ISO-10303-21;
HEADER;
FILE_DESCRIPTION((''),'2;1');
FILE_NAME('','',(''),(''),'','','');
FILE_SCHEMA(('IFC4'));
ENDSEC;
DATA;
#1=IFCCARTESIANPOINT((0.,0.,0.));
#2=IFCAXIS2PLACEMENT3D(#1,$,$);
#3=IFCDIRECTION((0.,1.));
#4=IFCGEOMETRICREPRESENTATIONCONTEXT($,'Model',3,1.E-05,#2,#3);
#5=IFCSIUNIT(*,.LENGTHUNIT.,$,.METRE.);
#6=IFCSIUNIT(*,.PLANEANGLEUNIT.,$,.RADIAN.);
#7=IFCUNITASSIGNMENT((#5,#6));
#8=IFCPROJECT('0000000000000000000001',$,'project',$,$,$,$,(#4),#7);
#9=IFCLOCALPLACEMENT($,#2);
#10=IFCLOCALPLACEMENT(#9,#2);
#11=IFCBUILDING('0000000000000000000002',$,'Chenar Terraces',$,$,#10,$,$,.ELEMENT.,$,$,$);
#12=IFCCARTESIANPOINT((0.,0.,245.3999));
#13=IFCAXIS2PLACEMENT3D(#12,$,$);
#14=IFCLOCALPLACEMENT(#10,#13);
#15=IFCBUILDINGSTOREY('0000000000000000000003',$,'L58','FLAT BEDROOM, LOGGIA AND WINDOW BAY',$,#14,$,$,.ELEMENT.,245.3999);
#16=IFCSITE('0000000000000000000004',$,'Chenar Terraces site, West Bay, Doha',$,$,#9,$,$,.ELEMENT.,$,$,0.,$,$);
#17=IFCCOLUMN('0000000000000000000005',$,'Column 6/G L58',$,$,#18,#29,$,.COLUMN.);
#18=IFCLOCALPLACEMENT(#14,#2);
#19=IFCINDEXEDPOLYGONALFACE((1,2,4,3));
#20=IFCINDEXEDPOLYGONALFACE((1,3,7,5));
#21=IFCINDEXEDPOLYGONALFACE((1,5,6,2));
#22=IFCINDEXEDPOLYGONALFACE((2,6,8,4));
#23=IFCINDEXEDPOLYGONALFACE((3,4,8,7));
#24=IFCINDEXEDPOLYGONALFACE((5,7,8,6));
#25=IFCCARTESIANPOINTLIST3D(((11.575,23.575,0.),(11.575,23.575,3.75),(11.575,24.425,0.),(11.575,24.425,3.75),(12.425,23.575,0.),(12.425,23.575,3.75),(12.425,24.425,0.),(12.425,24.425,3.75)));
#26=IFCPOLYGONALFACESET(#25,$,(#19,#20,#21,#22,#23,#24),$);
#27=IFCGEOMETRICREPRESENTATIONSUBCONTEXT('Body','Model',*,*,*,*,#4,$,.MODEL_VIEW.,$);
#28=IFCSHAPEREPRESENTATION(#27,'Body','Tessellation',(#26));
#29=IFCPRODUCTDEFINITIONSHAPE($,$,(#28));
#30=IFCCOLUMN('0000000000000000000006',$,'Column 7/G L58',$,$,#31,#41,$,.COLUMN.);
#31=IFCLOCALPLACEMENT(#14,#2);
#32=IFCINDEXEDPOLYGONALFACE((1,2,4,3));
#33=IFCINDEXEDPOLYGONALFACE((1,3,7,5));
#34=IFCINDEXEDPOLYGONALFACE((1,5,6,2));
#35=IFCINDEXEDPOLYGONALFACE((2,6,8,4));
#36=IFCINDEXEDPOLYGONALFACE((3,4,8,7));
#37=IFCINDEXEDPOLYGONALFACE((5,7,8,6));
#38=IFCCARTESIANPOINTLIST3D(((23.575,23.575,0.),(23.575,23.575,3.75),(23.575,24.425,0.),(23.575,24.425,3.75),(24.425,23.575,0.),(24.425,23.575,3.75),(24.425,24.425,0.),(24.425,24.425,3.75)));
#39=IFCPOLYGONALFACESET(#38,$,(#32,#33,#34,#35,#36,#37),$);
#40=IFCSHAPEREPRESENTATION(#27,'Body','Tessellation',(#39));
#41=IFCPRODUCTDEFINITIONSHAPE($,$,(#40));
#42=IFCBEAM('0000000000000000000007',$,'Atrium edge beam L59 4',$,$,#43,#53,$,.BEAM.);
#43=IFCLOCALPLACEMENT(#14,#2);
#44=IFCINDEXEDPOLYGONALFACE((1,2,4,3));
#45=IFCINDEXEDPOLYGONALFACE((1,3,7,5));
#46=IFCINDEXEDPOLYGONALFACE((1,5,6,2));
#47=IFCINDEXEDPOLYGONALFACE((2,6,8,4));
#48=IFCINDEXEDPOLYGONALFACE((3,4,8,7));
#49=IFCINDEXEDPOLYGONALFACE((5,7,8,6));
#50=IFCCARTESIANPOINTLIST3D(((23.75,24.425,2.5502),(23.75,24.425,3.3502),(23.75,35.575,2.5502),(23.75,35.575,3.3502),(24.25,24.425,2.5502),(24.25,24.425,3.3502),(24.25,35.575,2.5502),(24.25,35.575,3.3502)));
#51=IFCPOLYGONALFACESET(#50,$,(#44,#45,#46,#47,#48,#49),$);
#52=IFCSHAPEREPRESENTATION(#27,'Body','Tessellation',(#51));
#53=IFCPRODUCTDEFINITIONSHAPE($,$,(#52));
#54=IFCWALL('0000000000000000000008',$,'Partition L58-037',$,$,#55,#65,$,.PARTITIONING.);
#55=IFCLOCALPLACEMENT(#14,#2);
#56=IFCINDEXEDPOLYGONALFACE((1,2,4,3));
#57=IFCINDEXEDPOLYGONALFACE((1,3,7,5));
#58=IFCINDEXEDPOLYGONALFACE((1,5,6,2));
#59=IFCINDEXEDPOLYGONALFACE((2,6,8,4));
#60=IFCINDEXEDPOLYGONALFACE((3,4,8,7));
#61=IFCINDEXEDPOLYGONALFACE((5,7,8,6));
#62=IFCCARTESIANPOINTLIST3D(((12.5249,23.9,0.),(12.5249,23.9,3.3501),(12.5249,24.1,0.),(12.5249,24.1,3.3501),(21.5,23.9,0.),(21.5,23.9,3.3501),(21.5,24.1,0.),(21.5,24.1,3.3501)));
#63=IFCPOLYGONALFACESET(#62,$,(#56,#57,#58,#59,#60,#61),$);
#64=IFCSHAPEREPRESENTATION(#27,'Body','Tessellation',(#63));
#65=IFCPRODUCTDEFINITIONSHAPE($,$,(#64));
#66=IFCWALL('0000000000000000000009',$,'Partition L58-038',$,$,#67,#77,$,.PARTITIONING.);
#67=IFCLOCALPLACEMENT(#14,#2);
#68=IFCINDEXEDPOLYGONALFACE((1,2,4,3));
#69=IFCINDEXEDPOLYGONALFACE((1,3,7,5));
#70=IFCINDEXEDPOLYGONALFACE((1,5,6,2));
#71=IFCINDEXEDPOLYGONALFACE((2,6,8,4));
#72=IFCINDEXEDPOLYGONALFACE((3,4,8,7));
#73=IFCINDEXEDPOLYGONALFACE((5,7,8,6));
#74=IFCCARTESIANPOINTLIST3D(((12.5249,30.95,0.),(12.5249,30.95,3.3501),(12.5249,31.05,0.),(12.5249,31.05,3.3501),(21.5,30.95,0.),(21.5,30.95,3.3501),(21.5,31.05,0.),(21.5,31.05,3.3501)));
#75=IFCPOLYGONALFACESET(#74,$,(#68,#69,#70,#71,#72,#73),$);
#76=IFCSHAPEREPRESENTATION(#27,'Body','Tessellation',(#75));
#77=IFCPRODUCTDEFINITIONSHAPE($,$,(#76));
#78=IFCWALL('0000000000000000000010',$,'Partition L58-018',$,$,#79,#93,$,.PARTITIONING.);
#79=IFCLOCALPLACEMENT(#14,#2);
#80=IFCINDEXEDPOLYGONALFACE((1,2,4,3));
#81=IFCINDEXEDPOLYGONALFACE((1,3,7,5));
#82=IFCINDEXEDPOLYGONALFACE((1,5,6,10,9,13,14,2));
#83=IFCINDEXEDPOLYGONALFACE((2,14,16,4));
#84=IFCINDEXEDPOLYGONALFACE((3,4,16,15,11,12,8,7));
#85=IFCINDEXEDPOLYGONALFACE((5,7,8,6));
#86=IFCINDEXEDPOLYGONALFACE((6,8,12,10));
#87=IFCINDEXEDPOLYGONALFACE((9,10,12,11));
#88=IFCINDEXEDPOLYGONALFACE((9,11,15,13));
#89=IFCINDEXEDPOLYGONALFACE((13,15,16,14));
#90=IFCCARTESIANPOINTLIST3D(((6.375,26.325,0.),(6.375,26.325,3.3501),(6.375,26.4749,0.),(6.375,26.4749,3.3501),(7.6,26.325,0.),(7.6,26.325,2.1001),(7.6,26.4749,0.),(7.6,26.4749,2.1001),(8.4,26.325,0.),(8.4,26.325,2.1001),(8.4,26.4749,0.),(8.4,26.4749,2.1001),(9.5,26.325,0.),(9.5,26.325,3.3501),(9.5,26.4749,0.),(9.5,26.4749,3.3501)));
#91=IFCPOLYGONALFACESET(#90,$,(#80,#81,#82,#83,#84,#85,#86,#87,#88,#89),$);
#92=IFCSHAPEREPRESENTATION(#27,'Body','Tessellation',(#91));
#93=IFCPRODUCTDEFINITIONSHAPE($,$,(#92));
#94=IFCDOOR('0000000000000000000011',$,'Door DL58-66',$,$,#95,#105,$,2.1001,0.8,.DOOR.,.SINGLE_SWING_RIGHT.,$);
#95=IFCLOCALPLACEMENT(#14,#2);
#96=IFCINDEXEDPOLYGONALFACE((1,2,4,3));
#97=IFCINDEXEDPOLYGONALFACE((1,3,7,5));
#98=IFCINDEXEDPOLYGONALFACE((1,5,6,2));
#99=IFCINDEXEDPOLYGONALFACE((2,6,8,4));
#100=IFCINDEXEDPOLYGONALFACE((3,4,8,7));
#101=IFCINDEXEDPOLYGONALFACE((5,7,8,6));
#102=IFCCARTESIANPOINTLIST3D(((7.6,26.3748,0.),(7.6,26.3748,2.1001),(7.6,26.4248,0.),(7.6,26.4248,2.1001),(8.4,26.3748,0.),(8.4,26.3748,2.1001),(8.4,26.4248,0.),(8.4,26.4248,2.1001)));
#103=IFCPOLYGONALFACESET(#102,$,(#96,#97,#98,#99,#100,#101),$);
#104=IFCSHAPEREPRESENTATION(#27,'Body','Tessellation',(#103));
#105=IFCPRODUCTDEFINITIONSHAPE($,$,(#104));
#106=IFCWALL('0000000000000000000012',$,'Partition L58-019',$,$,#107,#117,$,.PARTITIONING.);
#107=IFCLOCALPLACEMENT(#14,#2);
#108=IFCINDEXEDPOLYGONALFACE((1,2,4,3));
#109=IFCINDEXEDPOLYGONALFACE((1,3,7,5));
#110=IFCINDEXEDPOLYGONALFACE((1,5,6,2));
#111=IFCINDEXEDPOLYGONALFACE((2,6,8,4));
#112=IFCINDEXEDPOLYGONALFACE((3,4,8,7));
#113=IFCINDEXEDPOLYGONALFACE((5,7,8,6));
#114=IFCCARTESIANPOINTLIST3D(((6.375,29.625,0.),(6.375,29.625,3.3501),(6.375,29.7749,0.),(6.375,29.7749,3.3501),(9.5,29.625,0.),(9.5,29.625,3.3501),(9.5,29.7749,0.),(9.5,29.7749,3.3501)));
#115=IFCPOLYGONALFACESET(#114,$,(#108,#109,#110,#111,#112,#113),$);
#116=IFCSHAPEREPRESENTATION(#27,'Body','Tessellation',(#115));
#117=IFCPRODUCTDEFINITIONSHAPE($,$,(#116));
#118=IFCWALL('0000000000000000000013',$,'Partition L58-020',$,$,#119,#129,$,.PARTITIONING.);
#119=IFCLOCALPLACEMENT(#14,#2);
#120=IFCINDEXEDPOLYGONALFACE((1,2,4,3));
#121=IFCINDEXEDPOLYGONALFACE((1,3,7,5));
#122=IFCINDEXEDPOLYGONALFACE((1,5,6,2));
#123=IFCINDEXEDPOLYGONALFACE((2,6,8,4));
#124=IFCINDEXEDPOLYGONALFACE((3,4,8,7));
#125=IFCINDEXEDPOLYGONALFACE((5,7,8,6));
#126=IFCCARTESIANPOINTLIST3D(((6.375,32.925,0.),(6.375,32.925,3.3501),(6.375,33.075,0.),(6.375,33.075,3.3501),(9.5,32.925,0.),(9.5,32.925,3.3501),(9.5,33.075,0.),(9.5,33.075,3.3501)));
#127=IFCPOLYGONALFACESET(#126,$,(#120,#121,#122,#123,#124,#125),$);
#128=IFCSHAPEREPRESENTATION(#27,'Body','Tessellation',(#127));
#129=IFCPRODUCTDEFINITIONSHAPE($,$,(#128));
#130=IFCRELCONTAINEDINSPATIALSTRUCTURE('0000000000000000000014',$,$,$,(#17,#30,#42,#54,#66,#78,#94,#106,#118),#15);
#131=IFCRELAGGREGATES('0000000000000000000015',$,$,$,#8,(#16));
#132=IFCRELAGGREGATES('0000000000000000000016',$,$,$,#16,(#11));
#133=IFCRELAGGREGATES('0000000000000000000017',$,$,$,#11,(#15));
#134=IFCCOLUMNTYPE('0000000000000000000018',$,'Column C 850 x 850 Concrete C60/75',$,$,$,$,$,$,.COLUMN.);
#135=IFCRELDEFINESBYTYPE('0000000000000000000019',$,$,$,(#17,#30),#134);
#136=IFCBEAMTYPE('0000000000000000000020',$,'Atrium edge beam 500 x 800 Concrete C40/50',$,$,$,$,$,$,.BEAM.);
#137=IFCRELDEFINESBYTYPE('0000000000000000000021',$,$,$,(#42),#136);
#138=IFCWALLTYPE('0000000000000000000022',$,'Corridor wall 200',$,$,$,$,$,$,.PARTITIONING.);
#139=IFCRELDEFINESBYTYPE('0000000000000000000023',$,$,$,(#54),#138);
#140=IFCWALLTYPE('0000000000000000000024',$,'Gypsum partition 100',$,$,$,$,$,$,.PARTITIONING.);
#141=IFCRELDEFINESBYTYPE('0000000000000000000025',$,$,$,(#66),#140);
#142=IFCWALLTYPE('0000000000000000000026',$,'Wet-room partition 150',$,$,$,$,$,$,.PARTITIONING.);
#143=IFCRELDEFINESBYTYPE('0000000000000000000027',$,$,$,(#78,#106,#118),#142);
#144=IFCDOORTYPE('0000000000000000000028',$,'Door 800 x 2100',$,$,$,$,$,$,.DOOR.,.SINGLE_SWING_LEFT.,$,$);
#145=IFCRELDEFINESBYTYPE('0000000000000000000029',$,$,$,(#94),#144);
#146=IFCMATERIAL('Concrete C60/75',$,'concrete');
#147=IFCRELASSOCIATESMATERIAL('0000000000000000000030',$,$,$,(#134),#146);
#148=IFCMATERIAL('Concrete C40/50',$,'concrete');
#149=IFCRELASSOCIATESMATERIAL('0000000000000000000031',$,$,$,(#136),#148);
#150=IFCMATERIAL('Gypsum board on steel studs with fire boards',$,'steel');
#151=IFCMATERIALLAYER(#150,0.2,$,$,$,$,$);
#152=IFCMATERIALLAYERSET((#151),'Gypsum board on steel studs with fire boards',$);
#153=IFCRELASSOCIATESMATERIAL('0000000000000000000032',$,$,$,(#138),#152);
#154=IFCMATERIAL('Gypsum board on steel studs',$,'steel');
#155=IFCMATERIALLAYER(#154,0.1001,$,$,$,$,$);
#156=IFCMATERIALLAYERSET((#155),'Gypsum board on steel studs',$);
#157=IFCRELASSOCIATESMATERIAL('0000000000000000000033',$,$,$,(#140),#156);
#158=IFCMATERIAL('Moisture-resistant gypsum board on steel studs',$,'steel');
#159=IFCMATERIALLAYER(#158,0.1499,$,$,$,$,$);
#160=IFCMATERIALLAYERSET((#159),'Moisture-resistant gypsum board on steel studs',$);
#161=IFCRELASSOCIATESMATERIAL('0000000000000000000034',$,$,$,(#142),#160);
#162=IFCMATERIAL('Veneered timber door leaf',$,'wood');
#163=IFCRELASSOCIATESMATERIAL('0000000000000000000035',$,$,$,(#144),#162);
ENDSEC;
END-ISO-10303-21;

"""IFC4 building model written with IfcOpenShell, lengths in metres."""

from ifc_helpers import new_model, si_unit, direction, frame, frame_2d, origin, origin_2d, place, context, subcontext, project, spatial, rectangle, extrude, material, layer, layer_set, material_profile, profile_set, type_object, element, fill, save


model = new_model("IFC4")

# Units and contexts
model_context = context("Model", 3, precision=1e-05, world=origin(), true_north=direction((0.0, 1.0)))
body_context = subcontext(model_context, "Body", "Model", "MODEL_VIEW")
ifc_project = project(units=[si_unit("LENGTHUNIT", "METRE"), si_unit("PLANEANGLEUNIT", "RADIAN")], contexts=[model_context])

# Site, building, storey
site_placement = place(None, origin())
site = spatial("IfcSite", under=ifc_project, at=site_placement, Name="Chenar Terraces site, West Bay, Doha", CompositionType="ELEMENT", RefElevation=0.0)
building_placement = place(site_placement, origin())
building = spatial("IfcBuilding", under=site, at=building_placement, Name="Chenar Terraces", CompositionType="ELEMENT")
storey_placement = place(building_placement, frame((0.0, 0.0, 245.3999)))
storey = spatial("IfcBuildingStorey", under=building, at=storey_placement, Name="L58", Description="FLAT BEDROOM, LOGGIA AND WINDOW BAY", CompositionType="ELEMENT", Elevation=245.3999)

# Columns
ifc_material_1 = material(Name="Concrete C60/75", Category="concrete")
ifc_material_profile_1 = material_profile(ifc_material_1, rectangle(XDim=0.8501, YDim=0.8501, at=origin_2d()), Name="C 850 x 850")
ifc_profile_set_1 = profile_set([ifc_material_profile_1], Name="Concrete C60/75")
column_type = type_object("IfcColumnType", Name="Column C 850 x 850 Concrete C60/75", PredefinedType="COLUMN", material=ifc_profile_set_1)
for number, where, z_axis, x_axis, name in (
    (1, (12.0, 24.0, 0.0), (0.0, 0.0, 1.0), (1.0, 0.0, 0.0), "Column 6/G L58"),
    (2, (24.0, 24.0, 0.0), (0.0, 0.0, 1.0), (1.0, 0.0, 0.0), "Column 7/G L58"),
):
    element("IfcColumn", number, at=place(storey_placement, frame(where, z_axis=z_axis, x_axis=x_axis)), inside=storey, type_object=column_type, Name=name, PredefinedType="COLUMN", context=body_context, shape_type="SweptSolid", body=[
        extrude(rectangle(XDim=0.8501, YDim=0.8501, at=origin_2d()), origin(), (0.0, 0.0, 1.0), 3.75),
    ])

# Beam
ifc_material_2 = material(Name="Concrete C40/50", Category="concrete")
ifc_material_profile_2 = material_profile(ifc_material_2, rectangle(XDim=0.5, YDim=0.8, at=origin_2d()), Name="RC 500 x 800")
ifc_profile_set_2 = profile_set([ifc_material_profile_2], Name="Concrete C40/50")
beam_type = type_object("IfcBeamType", Name="Atrium edge beam 500 x 800 Concrete C40/50", PredefinedType="BEAM", material=ifc_profile_set_2)
beam_placement = place(storey_placement, frame((24.0, 35.575, 2.9502), z_axis=(0.0, -1.0, 0.0), x_axis=(1.0, 0.0, 0.0)))
element("IfcBeam", 3, at=beam_placement, inside=storey, type_object=beam_type, Name="Atrium edge beam L59 4", PredefinedType="BEAM", context=body_context, shape_type="SweptSolid", body=[
    extrude(rectangle(XDim=0.5, YDim=0.8, at=origin_2d()), origin(), (0.0, 0.0, 1.0), 11.1499),
])

# Walls
ifc_material_3 = material(Name="Gypsum board on steel studs with fire boards", Category="steel")
ifc_layer_1 = layer(ifc_material_3, 0.2)
ifc_layer_set_1 = layer_set([ifc_layer_1], Name="Gypsum board on steel studs with fire boards")
wall_type_1 = type_object("IfcWallType", Name="Corridor wall 200", PredefinedType="PARTITIONING", material=ifc_layer_set_1)
wall_1_placement = place(storey_placement, frame((12.5249, 24.0, 0.0), z_axis=(0.0, 0.0, 1.0), x_axis=(1.0, 0.0, 0.0)))
element("IfcWall", 4, at=wall_1_placement, inside=storey, type_object=wall_type_1, Name="Partition L58-037", PredefinedType="PARTITIONING", context=body_context, shape_type="SweptSolid", body=[
    extrude(rectangle(XDim=8.9751, YDim=0.2, at=frame_2d((4.4875, 0.0))), origin(), (0.0, 0.0, 1.0), 3.3501),
])
ifc_material_4 = material(Name="Gypsum board on steel studs", Category="steel")
ifc_layer_2 = layer(ifc_material_4, 0.1001)
ifc_layer_set_2 = layer_set([ifc_layer_2], Name="Gypsum board on steel studs")
wall_type_2 = type_object("IfcWallType", Name="Gypsum partition 100", PredefinedType="PARTITIONING", material=ifc_layer_set_2)
wall_2_placement = place(storey_placement, frame((12.5249, 31.0, 0.0), z_axis=(0.0, 0.0, 1.0), x_axis=(1.0, 0.0, 0.0)))
element("IfcWall", 5, at=wall_2_placement, inside=storey, type_object=wall_type_2, Name="Partition L58-038", PredefinedType="PARTITIONING", context=body_context, shape_type="SweptSolid", body=[
    extrude(rectangle(XDim=8.9751, YDim=0.1001, at=frame_2d((4.4875, 0.0))), origin(), (0.0, 0.0, 1.0), 3.3501),
])

# Wall, opening, door
ifc_material_5 = material(Name="Moisture-resistant gypsum board on steel studs", Category="steel")
ifc_layer_3 = layer(ifc_material_5, 0.1499)
ifc_layer_set_3 = layer_set([ifc_layer_3], Name="Moisture-resistant gypsum board on steel studs")
wall_type_3 = type_object("IfcWallType", Name="Wet-room partition 150", PredefinedType="PARTITIONING", material=ifc_layer_set_3)
wall_3_placement = place(storey_placement, frame((6.375, 26.3999, 0.0), z_axis=(0.0, 0.0, 1.0), x_axis=(1.0, 0.0, 0.0)))
wall_3 = element("IfcWall", 6, at=wall_3_placement, inside=storey, type_object=wall_type_3, Name="Partition L58-018", PredefinedType="PARTITIONING", context=body_context, shape_type="SweptSolid", body=[
    extrude(rectangle(XDim=3.125, YDim=0.1499, at=frame_2d((1.5625, 0.0))), origin(), (0.0, 0.0, 1.0), 3.3501),
])
opening_placement = place(wall_3_placement, frame((1.2251, 0.0, 0.0)))
opening = element("IfcOpeningElement", 7, at=opening_placement, cuts=wall_3, PredefinedType="OPENING", context=body_context, shape_type="SweptSolid", body=[
    extrude(rectangle(XDim=0.8, YDim=2.1001, at=frame_2d((0.3999, 1.05))), frame((0.0, 0.085, 0.0), z_axis=(0.0, -1.0, 0.0), x_axis=(1.0, 0.0, 0.0)), (0.0, 0.0, 1.0), 0.1699),
])
ifc_material_6 = material(Name="Veneered timber door leaf", Category="wood")
door_type = type_object("IfcDoorType", Name="Door 800 x 2100", OperationType="SINGLE_SWING_LEFT", PredefinedType="DOOR", material=ifc_material_6)
door_placement = place(opening_placement, origin())
door = element("IfcDoor", 8, at=door_placement, inside=storey, type_object=door_type, Name="Door DL58-66", OperationType="SINGLE_SWING_RIGHT", OverallHeight=2.1001, OverallWidth=0.8, PredefinedType="DOOR", context=body_context, shape_type="SweptSolid", body=[
    extrude(rectangle(XDim=0.8, YDim=2.1001, at=frame_2d((0.3999, 1.05))), frame((0.0, 0.0249, 0.0), z_axis=(0.0, -1.0, 0.0), x_axis=(1.0, 0.0, 0.0)), (0.0, 0.0, 1.0), 0.05),
])
fill(opening, door)

# Walls
for number, where, z_axis, x_axis, name in (
    (9, (6.375, 29.7, 0.0), (0.0, 0.0, 1.0), (1.0, 0.0, 0.0), "Partition L58-019"),
    (10, (6.375, 33.0, 0.0), (0.0, 0.0, 1.0), (1.0, 0.0, 0.0), "Partition L58-020"),
):
    element("IfcWall", number, at=place(storey_placement, frame(where, z_axis=z_axis, x_axis=x_axis)), inside=storey, type_object=wall_type_3, Name=name, PredefinedType="PARTITIONING", context=body_context, shape_type="SweptSolid", body=[
        extrude(rectangle(XDim=3.125, YDim=0.1499, at=frame_2d((1.5625, 0.0))), origin(), (0.0, 0.0, 1.0), 3.3501),
    ])

save(model, "model.ifc")
